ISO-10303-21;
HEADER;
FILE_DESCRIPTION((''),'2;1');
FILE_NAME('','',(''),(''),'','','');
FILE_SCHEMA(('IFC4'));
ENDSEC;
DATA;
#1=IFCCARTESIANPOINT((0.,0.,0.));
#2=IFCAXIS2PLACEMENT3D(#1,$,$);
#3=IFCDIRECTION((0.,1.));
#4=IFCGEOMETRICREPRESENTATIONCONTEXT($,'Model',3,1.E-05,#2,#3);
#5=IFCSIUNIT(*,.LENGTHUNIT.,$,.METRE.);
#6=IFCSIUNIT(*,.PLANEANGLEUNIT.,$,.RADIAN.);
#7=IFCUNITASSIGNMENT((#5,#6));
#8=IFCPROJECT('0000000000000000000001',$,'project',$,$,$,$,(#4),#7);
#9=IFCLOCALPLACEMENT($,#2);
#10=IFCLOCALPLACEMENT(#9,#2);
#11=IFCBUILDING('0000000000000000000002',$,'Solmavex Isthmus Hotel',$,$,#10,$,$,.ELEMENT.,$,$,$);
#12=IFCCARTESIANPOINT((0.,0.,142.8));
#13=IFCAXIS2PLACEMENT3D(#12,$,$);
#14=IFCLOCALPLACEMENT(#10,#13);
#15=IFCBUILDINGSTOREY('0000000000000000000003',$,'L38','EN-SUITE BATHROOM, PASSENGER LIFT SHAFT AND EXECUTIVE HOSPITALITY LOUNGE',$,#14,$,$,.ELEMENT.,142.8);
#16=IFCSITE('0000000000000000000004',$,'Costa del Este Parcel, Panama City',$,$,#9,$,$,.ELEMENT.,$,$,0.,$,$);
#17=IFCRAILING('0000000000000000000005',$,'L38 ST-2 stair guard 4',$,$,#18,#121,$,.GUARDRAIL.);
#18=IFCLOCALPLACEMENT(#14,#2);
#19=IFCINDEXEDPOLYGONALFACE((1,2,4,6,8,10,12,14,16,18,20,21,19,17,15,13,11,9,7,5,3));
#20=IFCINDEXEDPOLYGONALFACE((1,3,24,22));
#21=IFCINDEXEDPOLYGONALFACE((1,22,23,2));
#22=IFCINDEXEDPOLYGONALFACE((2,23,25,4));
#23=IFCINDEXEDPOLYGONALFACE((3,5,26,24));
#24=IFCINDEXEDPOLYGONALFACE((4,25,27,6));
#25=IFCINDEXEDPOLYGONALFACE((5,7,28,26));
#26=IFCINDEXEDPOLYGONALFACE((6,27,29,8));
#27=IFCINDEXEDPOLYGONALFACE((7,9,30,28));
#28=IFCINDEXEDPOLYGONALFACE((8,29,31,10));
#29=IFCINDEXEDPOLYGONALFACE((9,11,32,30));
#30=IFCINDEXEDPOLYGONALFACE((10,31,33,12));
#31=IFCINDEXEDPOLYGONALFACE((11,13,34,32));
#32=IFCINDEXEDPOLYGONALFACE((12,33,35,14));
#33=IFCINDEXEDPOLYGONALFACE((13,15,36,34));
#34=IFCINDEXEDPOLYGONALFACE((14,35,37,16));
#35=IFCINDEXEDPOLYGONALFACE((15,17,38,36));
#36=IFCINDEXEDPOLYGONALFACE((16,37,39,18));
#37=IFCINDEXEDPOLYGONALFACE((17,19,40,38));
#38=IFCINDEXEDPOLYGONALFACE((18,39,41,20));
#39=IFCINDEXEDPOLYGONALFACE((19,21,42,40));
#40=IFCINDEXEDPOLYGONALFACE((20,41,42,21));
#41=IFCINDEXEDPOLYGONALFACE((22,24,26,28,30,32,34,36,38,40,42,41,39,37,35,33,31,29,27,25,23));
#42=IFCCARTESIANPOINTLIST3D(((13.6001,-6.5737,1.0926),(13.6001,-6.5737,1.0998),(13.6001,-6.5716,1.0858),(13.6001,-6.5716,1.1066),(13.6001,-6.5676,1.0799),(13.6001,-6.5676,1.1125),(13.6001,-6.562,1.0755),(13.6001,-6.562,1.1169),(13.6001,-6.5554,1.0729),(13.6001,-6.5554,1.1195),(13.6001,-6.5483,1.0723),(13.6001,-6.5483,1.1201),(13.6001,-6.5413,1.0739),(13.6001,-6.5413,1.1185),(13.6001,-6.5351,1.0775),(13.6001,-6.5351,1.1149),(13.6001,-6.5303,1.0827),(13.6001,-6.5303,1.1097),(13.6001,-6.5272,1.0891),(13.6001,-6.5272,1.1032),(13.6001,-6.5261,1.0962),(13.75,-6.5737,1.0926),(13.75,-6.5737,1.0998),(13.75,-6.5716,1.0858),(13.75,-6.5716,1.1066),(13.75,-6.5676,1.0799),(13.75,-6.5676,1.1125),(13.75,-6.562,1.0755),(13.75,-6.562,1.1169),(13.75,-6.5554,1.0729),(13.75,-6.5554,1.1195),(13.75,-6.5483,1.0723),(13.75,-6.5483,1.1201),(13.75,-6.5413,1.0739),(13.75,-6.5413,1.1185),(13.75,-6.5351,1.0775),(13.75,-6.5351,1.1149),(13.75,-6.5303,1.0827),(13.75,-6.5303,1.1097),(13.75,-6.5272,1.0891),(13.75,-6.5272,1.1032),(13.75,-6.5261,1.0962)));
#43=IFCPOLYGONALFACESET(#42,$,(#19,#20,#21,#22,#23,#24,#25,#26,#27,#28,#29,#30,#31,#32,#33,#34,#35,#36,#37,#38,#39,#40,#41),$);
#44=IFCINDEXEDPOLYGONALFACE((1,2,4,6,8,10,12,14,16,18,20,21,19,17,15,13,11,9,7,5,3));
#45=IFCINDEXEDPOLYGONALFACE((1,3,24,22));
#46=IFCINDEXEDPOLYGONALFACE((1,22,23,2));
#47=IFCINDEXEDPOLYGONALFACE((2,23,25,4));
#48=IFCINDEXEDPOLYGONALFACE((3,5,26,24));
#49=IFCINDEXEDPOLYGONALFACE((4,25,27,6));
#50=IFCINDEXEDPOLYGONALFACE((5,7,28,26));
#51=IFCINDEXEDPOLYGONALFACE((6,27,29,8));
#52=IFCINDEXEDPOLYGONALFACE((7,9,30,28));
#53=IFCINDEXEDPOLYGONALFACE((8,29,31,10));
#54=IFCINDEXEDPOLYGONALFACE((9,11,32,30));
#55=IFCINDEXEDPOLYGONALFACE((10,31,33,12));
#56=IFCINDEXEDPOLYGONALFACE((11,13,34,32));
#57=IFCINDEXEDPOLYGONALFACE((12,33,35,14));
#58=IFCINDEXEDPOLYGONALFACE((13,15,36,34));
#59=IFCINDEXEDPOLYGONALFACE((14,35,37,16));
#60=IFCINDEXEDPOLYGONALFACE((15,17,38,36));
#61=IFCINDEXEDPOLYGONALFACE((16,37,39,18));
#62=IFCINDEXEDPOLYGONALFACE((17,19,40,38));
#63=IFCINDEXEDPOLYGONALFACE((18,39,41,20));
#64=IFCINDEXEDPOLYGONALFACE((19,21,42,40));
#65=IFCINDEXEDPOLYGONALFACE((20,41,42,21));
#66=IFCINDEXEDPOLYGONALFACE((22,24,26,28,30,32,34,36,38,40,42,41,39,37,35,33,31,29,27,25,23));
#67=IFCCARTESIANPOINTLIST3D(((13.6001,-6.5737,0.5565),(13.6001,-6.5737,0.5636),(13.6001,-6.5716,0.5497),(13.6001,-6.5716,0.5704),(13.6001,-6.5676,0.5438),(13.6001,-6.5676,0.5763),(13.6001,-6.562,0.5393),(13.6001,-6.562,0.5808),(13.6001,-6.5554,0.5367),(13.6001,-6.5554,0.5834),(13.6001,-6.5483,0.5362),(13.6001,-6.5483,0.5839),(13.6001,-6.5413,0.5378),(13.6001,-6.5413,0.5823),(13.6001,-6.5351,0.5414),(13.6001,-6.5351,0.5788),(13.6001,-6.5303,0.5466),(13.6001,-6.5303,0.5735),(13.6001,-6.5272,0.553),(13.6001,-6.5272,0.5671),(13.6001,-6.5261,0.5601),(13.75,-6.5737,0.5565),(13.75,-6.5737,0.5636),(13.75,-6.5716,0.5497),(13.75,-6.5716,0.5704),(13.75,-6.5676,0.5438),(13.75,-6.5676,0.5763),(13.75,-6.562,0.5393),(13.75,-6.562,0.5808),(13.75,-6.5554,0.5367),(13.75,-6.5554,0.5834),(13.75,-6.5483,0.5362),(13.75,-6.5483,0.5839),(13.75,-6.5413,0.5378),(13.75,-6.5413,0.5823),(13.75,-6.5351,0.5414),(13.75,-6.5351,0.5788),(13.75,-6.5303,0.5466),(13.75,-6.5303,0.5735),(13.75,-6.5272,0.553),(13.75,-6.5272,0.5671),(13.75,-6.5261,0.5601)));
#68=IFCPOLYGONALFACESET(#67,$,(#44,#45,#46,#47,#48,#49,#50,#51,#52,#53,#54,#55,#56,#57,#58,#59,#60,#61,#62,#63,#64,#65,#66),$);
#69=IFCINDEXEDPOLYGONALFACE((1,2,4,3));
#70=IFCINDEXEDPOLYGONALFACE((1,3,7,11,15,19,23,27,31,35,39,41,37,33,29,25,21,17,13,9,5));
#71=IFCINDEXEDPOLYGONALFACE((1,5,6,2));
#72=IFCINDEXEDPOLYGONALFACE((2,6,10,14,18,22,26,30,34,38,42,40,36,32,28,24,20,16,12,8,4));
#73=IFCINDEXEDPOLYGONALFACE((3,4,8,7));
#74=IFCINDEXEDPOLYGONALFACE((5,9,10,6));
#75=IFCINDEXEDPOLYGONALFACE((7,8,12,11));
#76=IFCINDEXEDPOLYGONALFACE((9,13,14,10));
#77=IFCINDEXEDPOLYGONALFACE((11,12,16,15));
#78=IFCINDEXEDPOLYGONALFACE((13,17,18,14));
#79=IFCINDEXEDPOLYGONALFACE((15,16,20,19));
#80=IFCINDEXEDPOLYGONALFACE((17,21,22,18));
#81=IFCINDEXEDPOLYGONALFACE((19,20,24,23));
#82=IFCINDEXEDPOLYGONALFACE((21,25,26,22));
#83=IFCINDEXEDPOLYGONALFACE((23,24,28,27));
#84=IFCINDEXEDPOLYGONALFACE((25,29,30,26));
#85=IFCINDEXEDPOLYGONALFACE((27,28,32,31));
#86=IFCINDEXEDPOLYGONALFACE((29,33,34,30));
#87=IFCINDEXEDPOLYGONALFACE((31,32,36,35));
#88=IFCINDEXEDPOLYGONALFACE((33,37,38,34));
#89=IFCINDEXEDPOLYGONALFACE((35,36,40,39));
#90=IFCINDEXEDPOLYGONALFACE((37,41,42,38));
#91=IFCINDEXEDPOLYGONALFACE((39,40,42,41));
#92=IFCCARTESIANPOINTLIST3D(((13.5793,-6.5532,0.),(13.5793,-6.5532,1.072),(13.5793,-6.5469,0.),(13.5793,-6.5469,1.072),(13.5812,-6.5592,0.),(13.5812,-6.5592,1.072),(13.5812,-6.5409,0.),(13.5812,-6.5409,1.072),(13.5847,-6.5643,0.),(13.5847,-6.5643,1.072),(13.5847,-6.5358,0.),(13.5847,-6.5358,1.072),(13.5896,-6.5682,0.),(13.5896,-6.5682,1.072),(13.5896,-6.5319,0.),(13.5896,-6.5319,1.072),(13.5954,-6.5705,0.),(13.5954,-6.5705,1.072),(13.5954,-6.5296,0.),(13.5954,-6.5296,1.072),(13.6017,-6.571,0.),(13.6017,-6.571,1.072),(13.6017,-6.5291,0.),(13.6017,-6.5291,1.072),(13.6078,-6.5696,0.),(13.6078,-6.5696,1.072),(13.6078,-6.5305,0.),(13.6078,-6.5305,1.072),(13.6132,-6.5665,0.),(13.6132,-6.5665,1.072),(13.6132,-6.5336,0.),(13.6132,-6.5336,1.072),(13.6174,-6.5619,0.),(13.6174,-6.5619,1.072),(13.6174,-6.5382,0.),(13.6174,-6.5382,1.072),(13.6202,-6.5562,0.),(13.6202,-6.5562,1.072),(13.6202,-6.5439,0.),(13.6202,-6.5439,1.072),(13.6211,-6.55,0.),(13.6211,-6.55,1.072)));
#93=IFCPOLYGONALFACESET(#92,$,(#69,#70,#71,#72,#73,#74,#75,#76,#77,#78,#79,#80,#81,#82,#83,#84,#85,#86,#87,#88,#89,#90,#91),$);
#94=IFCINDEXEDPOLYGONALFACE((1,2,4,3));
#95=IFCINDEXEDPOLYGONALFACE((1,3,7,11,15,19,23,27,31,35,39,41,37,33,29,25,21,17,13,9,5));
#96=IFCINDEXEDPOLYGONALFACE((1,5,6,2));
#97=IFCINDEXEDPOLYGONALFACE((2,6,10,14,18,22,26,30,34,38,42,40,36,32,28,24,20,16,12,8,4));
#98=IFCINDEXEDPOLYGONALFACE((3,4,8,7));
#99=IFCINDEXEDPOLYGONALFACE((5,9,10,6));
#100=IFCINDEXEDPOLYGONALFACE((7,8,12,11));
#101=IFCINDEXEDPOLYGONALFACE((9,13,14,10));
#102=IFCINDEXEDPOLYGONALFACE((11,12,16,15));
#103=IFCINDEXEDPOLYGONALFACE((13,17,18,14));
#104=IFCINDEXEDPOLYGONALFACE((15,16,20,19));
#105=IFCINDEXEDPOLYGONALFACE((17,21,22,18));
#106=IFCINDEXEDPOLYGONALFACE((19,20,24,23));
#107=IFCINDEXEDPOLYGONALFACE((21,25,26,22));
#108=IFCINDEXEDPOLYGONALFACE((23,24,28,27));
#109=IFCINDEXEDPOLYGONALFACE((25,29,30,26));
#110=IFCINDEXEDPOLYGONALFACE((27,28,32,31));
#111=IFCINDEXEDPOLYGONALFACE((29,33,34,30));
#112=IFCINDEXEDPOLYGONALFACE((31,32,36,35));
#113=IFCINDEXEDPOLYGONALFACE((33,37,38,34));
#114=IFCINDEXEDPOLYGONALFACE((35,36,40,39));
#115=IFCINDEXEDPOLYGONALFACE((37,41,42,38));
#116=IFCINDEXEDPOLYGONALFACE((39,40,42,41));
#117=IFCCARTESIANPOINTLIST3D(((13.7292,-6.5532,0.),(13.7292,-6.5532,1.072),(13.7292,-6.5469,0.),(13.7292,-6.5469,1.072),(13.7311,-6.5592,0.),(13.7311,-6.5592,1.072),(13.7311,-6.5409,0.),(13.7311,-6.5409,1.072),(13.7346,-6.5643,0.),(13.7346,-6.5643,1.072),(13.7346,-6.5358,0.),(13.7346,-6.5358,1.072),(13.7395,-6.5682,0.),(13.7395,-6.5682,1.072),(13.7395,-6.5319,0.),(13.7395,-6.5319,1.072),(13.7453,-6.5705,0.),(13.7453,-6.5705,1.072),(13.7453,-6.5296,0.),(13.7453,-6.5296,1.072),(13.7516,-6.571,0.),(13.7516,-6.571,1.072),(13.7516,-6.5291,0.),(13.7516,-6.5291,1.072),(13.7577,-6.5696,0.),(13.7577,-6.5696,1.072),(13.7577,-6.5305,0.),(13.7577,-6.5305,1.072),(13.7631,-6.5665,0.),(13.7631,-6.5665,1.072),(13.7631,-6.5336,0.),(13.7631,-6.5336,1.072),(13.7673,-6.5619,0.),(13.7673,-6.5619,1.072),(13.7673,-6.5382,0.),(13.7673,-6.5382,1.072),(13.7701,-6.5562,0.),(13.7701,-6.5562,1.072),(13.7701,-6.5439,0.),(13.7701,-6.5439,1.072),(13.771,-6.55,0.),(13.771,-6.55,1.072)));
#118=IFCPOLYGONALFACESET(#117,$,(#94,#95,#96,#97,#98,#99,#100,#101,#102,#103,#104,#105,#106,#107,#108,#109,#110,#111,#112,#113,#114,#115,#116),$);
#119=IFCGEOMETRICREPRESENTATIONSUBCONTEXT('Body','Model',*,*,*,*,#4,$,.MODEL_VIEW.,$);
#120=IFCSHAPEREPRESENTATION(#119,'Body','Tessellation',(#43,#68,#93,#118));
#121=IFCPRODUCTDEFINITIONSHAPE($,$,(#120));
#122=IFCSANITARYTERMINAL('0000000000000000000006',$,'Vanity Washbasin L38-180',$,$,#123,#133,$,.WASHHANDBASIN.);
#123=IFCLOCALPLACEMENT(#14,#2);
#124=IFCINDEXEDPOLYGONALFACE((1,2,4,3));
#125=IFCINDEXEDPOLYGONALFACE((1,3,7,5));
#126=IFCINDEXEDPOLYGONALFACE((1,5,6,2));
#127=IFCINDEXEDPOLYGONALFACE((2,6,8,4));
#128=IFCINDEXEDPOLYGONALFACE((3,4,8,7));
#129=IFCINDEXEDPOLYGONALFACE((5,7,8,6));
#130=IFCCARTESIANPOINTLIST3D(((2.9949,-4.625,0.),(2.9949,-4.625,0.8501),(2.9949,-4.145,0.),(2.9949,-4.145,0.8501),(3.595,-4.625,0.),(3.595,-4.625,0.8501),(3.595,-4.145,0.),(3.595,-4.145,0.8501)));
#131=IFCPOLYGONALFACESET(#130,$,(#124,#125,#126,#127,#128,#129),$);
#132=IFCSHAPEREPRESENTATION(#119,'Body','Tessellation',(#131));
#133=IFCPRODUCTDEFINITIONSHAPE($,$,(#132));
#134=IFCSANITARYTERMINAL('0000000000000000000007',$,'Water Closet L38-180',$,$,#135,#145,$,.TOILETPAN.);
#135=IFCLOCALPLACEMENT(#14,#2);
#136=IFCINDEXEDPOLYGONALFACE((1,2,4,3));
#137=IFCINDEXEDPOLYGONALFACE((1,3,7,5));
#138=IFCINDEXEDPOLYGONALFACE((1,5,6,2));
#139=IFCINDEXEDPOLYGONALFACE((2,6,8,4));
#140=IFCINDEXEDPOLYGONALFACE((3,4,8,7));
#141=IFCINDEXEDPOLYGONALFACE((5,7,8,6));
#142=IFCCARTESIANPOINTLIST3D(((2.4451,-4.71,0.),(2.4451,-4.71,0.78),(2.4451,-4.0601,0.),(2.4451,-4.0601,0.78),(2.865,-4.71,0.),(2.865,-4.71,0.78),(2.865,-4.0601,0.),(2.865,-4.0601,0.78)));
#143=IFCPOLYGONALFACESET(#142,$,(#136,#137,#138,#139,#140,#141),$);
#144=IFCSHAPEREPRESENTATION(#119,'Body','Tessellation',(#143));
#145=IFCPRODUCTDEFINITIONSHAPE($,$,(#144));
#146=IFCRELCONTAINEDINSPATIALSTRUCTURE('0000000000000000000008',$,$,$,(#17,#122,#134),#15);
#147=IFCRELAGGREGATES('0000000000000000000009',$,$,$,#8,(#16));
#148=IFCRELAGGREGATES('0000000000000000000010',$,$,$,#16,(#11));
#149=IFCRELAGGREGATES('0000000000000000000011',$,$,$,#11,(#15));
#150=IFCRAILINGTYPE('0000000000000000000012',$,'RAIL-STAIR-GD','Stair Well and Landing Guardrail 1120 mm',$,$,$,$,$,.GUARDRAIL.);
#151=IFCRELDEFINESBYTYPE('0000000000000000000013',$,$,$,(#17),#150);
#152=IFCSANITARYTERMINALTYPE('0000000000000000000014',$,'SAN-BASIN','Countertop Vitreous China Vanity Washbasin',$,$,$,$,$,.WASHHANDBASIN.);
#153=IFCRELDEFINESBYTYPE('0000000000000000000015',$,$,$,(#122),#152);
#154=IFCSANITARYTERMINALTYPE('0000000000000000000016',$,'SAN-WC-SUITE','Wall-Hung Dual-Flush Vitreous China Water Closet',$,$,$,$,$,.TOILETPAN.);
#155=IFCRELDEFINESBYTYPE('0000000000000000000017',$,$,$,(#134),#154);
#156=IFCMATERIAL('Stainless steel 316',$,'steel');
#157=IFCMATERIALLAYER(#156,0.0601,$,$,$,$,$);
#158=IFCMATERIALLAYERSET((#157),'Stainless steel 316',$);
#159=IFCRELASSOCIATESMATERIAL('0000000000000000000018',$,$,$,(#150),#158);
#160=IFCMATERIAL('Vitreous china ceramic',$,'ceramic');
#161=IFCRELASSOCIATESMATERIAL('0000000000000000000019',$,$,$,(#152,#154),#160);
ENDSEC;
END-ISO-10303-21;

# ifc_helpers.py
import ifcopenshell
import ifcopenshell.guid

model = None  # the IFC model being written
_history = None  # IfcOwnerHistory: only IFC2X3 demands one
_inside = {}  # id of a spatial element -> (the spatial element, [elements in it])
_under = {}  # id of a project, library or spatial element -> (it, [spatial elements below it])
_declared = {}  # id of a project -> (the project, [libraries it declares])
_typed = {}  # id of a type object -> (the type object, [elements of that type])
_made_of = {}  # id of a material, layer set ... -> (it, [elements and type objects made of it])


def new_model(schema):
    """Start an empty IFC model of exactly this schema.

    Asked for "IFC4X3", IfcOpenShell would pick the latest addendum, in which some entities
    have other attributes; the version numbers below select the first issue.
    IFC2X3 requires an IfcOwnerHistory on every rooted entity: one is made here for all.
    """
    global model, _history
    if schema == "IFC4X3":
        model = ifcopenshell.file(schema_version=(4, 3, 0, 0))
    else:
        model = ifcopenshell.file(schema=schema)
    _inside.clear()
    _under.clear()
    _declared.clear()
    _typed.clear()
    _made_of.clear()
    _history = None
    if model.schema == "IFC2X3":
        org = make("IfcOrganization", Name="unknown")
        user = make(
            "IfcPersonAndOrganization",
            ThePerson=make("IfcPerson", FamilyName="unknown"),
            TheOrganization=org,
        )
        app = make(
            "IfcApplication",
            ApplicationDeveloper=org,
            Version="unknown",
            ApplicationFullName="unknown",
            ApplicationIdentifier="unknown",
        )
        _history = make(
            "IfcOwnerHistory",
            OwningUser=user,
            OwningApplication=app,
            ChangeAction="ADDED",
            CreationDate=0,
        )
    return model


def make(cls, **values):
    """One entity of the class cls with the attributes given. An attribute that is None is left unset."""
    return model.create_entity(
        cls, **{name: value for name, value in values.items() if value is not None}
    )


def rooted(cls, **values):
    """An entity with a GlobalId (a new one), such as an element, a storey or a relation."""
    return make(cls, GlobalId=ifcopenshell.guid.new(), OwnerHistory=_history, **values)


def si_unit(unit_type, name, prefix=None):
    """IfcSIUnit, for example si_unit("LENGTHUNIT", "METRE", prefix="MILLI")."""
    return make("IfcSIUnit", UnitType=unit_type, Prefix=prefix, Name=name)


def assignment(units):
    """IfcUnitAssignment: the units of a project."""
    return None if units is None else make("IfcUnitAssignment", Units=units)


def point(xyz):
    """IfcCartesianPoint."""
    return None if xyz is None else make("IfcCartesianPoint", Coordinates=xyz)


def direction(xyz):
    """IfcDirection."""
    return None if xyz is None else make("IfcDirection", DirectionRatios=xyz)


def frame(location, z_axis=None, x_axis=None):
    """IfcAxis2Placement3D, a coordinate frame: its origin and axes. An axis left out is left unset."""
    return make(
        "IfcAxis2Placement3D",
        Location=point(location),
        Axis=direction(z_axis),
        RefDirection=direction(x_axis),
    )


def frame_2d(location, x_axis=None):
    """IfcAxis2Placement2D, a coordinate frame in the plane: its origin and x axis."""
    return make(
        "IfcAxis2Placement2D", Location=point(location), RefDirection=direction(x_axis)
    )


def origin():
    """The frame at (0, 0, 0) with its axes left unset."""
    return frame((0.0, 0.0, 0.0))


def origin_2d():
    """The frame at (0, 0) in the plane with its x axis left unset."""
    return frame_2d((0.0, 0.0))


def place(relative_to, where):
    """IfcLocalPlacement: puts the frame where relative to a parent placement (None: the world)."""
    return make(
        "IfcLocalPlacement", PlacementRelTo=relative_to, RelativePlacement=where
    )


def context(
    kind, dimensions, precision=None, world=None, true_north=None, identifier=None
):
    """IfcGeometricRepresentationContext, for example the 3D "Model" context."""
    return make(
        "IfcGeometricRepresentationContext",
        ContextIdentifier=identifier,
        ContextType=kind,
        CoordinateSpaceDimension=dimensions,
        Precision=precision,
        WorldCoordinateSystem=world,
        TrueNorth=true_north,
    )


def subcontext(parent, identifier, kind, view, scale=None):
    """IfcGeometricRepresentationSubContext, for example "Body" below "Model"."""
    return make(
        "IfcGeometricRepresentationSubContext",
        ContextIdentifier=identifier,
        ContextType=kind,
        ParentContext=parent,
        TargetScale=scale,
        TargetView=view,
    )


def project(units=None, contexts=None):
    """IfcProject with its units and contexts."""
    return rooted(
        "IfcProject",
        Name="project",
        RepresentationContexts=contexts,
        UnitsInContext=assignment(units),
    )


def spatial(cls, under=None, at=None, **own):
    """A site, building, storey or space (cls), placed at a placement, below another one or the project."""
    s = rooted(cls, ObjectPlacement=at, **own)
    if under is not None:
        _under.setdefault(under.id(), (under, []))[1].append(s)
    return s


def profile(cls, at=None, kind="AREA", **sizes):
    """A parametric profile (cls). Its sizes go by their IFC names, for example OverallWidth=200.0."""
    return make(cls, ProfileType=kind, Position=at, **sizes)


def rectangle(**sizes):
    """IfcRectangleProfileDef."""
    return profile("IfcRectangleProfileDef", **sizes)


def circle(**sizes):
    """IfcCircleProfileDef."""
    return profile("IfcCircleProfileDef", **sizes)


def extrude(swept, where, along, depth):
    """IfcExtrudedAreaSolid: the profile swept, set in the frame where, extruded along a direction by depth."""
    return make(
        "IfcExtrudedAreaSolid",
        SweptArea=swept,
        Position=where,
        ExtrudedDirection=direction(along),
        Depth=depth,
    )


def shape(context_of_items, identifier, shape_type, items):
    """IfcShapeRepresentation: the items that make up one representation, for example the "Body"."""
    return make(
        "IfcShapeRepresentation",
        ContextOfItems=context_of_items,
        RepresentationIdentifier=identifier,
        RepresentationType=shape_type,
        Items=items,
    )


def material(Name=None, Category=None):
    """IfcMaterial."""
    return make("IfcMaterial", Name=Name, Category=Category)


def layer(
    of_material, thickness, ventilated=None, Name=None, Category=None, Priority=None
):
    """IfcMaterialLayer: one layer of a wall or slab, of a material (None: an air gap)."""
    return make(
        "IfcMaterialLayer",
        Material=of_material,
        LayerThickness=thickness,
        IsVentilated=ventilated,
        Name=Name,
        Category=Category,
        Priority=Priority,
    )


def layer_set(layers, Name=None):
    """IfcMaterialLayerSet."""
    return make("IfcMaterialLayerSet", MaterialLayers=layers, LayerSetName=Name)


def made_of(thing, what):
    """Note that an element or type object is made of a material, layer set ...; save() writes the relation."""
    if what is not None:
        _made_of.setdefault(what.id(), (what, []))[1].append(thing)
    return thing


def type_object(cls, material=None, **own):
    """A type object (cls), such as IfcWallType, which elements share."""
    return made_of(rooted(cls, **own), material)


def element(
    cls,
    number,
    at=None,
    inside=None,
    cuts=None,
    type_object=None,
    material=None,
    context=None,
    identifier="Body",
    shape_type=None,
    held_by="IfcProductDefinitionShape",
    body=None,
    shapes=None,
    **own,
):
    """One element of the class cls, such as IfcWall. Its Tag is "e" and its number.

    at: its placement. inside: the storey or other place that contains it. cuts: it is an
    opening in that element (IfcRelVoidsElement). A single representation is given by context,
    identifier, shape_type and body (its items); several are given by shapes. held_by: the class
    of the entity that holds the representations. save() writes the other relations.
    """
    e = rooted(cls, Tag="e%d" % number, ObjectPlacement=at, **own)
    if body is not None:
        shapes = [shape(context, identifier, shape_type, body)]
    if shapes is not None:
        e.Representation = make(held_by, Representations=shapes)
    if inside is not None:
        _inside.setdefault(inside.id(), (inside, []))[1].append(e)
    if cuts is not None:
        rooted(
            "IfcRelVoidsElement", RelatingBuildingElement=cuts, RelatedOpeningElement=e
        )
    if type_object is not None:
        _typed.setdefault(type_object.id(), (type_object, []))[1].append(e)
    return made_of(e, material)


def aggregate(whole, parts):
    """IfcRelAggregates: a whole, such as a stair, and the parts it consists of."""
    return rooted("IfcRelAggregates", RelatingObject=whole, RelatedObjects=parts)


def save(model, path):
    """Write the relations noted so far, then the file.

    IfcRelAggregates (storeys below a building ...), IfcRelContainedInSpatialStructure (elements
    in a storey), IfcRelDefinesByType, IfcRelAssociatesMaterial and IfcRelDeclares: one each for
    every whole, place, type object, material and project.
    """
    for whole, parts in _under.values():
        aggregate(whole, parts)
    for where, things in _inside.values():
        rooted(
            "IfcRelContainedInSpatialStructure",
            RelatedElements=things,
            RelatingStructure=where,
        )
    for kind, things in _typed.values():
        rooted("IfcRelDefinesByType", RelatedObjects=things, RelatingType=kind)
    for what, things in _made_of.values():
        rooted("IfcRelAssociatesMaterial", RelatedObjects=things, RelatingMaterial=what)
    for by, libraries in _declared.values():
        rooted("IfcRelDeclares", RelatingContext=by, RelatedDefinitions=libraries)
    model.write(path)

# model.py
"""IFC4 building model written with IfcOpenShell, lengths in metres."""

from ifc_helpers import new_model, si_unit, direction, frame, origin, origin_2d, place, context, subcontext, project, spatial, rectangle, circle, extrude, material, layer, layer_set, type_object, element, save


model = new_model("IFC4")

# Units and contexts
model_context = context("Model", 3, precision=1e-05, world=origin(), true_north=direction((0.0, 1.0)))
body_context = subcontext(model_context, "Body", "Model", "MODEL_VIEW")
ifc_project = project(units=[si_unit("LENGTHUNIT", "METRE"), si_unit("PLANEANGLEUNIT", "RADIAN")], contexts=[model_context])

# Site, building, storey
site_placement = place(None, origin())
site = spatial("IfcSite", under=ifc_project, at=site_placement, Name="Costa del Este Parcel, Panama City", CompositionType="ELEMENT", RefElevation=0.0)
building_placement = place(site_placement, origin())
building = spatial("IfcBuilding", under=site, at=building_placement, Name="Solmavex Isthmus Hotel", CompositionType="ELEMENT")
storey_placement = place(building_placement, frame((0.0, 0.0, 142.8)))
storey = spatial("IfcBuildingStorey", under=building, at=storey_placement, Name="L38", Description="EN-SUITE BATHROOM, PASSENGER LIFT SHAFT AND EXECUTIVE HOSPITALITY LOUNGE", CompositionType="ELEMENT", Elevation=142.8)

# Shared definitions
ifc_material_1 = material(Name="Stainless steel 316", Category="steel")

# Railing
ifc_layer_1 = layer(ifc_material_1, 0.0601)
ifc_layer_set_1 = layer_set([ifc_layer_1], Name="Stainless steel 316")
railing_type_1 = type_object("IfcRailingType", Name="RAIL-STAIR-GD", Description="Stair Well and Landing Guardrail 1120 mm", PredefinedType="GUARDRAIL", material=ifc_layer_set_1)
for number, where, name in (
    (1, (13.6001, -6.55, 0.0), "L38 ST-2 stair guard 4"),
):
    element("IfcRailing", number, at=place(storey_placement, frame(where)), inside=storey, type_object=railing_type_1, Name=name, PredefinedType="GUARDRAIL", context=body_context, shape_type="SweptSolid", body=[
        extrude(circle(Radius=0.0239, at=origin_2d()), frame((0.0, 0.0, 1.0962), z_axis=(1.0, 0.0, 0.0), x_axis=(0.0, 1.0, 0.0)), (0.0, 0.0, 1.0), 0.1499),
        extrude(circle(Radius=0.0239, at=origin_2d()), frame((0.0, 0.0, 0.5601), z_axis=(1.0, 0.0, 0.0), x_axis=(0.0, 1.0, 0.0)), (0.0, 0.0, 1.0), 0.1499),
        extrude(circle(Radius=0.021, at=origin_2d()), origin(), (0.0, 0.0, 1.0), 1.072),
        extrude(circle(Radius=0.021, at=origin_2d()), frame((0.1499, 0.0, 0.0)), (0.0, 0.0, 1.0), 1.072),
    ])

# Sanitary terminals
ifc_material_2 = material(Name="Vitreous china ceramic", Category="ceramic")
sanitary_terminal_type_1 = type_object("IfcSanitaryTerminalType", Name="SAN-BASIN", Description="Countertop Vitreous China Vanity Washbasin", PredefinedType="WASHHANDBASIN", material=ifc_material_2)
sanitary_terminal_1_placement = place(storey_placement, frame((3.2949, -4.385, 0.0), z_axis=(0.0, 0.0, 1.0), x_axis=(1.0, 0.0, 0.0)))
element("IfcSanitaryTerminal", 2, at=sanitary_terminal_1_placement, inside=storey, type_object=sanitary_terminal_type_1, Name="Vanity Washbasin L38-180", PredefinedType="WASHHANDBASIN", context=body_context, shape_type="SweptSolid", body=[
    extrude(rectangle(XDim=0.6001, YDim=0.48, at=origin_2d()), origin(), (0.0, 0.0, 1.0), 0.8501),
])
sanitary_terminal_type_2 = type_object("IfcSanitaryTerminalType", Name="SAN-WC-SUITE", Description="Wall-Hung Dual-Flush Vitreous China Water Closet", PredefinedType="TOILETPAN", material=ifc_material_2)
sanitary_terminal_2_placement = place(storey_placement, frame((2.655, -4.385, 0.0), z_axis=(0.0, 0.0, 1.0), x_axis=(1.0, 0.0, 0.0)))
element("IfcSanitaryTerminal", 3, at=sanitary_terminal_2_placement, inside=storey, type_object=sanitary_terminal_type_2, Name="Water Closet L38-180", PredefinedType="TOILETPAN", context=body_context, shape_type="SweptSolid", body=[
    extrude(rectangle(XDim=0.4199, YDim=0.6499, at=origin_2d()), origin(), (0.0, 0.0, 1.0), 0.78),
])

save(model, "model.ifc")
